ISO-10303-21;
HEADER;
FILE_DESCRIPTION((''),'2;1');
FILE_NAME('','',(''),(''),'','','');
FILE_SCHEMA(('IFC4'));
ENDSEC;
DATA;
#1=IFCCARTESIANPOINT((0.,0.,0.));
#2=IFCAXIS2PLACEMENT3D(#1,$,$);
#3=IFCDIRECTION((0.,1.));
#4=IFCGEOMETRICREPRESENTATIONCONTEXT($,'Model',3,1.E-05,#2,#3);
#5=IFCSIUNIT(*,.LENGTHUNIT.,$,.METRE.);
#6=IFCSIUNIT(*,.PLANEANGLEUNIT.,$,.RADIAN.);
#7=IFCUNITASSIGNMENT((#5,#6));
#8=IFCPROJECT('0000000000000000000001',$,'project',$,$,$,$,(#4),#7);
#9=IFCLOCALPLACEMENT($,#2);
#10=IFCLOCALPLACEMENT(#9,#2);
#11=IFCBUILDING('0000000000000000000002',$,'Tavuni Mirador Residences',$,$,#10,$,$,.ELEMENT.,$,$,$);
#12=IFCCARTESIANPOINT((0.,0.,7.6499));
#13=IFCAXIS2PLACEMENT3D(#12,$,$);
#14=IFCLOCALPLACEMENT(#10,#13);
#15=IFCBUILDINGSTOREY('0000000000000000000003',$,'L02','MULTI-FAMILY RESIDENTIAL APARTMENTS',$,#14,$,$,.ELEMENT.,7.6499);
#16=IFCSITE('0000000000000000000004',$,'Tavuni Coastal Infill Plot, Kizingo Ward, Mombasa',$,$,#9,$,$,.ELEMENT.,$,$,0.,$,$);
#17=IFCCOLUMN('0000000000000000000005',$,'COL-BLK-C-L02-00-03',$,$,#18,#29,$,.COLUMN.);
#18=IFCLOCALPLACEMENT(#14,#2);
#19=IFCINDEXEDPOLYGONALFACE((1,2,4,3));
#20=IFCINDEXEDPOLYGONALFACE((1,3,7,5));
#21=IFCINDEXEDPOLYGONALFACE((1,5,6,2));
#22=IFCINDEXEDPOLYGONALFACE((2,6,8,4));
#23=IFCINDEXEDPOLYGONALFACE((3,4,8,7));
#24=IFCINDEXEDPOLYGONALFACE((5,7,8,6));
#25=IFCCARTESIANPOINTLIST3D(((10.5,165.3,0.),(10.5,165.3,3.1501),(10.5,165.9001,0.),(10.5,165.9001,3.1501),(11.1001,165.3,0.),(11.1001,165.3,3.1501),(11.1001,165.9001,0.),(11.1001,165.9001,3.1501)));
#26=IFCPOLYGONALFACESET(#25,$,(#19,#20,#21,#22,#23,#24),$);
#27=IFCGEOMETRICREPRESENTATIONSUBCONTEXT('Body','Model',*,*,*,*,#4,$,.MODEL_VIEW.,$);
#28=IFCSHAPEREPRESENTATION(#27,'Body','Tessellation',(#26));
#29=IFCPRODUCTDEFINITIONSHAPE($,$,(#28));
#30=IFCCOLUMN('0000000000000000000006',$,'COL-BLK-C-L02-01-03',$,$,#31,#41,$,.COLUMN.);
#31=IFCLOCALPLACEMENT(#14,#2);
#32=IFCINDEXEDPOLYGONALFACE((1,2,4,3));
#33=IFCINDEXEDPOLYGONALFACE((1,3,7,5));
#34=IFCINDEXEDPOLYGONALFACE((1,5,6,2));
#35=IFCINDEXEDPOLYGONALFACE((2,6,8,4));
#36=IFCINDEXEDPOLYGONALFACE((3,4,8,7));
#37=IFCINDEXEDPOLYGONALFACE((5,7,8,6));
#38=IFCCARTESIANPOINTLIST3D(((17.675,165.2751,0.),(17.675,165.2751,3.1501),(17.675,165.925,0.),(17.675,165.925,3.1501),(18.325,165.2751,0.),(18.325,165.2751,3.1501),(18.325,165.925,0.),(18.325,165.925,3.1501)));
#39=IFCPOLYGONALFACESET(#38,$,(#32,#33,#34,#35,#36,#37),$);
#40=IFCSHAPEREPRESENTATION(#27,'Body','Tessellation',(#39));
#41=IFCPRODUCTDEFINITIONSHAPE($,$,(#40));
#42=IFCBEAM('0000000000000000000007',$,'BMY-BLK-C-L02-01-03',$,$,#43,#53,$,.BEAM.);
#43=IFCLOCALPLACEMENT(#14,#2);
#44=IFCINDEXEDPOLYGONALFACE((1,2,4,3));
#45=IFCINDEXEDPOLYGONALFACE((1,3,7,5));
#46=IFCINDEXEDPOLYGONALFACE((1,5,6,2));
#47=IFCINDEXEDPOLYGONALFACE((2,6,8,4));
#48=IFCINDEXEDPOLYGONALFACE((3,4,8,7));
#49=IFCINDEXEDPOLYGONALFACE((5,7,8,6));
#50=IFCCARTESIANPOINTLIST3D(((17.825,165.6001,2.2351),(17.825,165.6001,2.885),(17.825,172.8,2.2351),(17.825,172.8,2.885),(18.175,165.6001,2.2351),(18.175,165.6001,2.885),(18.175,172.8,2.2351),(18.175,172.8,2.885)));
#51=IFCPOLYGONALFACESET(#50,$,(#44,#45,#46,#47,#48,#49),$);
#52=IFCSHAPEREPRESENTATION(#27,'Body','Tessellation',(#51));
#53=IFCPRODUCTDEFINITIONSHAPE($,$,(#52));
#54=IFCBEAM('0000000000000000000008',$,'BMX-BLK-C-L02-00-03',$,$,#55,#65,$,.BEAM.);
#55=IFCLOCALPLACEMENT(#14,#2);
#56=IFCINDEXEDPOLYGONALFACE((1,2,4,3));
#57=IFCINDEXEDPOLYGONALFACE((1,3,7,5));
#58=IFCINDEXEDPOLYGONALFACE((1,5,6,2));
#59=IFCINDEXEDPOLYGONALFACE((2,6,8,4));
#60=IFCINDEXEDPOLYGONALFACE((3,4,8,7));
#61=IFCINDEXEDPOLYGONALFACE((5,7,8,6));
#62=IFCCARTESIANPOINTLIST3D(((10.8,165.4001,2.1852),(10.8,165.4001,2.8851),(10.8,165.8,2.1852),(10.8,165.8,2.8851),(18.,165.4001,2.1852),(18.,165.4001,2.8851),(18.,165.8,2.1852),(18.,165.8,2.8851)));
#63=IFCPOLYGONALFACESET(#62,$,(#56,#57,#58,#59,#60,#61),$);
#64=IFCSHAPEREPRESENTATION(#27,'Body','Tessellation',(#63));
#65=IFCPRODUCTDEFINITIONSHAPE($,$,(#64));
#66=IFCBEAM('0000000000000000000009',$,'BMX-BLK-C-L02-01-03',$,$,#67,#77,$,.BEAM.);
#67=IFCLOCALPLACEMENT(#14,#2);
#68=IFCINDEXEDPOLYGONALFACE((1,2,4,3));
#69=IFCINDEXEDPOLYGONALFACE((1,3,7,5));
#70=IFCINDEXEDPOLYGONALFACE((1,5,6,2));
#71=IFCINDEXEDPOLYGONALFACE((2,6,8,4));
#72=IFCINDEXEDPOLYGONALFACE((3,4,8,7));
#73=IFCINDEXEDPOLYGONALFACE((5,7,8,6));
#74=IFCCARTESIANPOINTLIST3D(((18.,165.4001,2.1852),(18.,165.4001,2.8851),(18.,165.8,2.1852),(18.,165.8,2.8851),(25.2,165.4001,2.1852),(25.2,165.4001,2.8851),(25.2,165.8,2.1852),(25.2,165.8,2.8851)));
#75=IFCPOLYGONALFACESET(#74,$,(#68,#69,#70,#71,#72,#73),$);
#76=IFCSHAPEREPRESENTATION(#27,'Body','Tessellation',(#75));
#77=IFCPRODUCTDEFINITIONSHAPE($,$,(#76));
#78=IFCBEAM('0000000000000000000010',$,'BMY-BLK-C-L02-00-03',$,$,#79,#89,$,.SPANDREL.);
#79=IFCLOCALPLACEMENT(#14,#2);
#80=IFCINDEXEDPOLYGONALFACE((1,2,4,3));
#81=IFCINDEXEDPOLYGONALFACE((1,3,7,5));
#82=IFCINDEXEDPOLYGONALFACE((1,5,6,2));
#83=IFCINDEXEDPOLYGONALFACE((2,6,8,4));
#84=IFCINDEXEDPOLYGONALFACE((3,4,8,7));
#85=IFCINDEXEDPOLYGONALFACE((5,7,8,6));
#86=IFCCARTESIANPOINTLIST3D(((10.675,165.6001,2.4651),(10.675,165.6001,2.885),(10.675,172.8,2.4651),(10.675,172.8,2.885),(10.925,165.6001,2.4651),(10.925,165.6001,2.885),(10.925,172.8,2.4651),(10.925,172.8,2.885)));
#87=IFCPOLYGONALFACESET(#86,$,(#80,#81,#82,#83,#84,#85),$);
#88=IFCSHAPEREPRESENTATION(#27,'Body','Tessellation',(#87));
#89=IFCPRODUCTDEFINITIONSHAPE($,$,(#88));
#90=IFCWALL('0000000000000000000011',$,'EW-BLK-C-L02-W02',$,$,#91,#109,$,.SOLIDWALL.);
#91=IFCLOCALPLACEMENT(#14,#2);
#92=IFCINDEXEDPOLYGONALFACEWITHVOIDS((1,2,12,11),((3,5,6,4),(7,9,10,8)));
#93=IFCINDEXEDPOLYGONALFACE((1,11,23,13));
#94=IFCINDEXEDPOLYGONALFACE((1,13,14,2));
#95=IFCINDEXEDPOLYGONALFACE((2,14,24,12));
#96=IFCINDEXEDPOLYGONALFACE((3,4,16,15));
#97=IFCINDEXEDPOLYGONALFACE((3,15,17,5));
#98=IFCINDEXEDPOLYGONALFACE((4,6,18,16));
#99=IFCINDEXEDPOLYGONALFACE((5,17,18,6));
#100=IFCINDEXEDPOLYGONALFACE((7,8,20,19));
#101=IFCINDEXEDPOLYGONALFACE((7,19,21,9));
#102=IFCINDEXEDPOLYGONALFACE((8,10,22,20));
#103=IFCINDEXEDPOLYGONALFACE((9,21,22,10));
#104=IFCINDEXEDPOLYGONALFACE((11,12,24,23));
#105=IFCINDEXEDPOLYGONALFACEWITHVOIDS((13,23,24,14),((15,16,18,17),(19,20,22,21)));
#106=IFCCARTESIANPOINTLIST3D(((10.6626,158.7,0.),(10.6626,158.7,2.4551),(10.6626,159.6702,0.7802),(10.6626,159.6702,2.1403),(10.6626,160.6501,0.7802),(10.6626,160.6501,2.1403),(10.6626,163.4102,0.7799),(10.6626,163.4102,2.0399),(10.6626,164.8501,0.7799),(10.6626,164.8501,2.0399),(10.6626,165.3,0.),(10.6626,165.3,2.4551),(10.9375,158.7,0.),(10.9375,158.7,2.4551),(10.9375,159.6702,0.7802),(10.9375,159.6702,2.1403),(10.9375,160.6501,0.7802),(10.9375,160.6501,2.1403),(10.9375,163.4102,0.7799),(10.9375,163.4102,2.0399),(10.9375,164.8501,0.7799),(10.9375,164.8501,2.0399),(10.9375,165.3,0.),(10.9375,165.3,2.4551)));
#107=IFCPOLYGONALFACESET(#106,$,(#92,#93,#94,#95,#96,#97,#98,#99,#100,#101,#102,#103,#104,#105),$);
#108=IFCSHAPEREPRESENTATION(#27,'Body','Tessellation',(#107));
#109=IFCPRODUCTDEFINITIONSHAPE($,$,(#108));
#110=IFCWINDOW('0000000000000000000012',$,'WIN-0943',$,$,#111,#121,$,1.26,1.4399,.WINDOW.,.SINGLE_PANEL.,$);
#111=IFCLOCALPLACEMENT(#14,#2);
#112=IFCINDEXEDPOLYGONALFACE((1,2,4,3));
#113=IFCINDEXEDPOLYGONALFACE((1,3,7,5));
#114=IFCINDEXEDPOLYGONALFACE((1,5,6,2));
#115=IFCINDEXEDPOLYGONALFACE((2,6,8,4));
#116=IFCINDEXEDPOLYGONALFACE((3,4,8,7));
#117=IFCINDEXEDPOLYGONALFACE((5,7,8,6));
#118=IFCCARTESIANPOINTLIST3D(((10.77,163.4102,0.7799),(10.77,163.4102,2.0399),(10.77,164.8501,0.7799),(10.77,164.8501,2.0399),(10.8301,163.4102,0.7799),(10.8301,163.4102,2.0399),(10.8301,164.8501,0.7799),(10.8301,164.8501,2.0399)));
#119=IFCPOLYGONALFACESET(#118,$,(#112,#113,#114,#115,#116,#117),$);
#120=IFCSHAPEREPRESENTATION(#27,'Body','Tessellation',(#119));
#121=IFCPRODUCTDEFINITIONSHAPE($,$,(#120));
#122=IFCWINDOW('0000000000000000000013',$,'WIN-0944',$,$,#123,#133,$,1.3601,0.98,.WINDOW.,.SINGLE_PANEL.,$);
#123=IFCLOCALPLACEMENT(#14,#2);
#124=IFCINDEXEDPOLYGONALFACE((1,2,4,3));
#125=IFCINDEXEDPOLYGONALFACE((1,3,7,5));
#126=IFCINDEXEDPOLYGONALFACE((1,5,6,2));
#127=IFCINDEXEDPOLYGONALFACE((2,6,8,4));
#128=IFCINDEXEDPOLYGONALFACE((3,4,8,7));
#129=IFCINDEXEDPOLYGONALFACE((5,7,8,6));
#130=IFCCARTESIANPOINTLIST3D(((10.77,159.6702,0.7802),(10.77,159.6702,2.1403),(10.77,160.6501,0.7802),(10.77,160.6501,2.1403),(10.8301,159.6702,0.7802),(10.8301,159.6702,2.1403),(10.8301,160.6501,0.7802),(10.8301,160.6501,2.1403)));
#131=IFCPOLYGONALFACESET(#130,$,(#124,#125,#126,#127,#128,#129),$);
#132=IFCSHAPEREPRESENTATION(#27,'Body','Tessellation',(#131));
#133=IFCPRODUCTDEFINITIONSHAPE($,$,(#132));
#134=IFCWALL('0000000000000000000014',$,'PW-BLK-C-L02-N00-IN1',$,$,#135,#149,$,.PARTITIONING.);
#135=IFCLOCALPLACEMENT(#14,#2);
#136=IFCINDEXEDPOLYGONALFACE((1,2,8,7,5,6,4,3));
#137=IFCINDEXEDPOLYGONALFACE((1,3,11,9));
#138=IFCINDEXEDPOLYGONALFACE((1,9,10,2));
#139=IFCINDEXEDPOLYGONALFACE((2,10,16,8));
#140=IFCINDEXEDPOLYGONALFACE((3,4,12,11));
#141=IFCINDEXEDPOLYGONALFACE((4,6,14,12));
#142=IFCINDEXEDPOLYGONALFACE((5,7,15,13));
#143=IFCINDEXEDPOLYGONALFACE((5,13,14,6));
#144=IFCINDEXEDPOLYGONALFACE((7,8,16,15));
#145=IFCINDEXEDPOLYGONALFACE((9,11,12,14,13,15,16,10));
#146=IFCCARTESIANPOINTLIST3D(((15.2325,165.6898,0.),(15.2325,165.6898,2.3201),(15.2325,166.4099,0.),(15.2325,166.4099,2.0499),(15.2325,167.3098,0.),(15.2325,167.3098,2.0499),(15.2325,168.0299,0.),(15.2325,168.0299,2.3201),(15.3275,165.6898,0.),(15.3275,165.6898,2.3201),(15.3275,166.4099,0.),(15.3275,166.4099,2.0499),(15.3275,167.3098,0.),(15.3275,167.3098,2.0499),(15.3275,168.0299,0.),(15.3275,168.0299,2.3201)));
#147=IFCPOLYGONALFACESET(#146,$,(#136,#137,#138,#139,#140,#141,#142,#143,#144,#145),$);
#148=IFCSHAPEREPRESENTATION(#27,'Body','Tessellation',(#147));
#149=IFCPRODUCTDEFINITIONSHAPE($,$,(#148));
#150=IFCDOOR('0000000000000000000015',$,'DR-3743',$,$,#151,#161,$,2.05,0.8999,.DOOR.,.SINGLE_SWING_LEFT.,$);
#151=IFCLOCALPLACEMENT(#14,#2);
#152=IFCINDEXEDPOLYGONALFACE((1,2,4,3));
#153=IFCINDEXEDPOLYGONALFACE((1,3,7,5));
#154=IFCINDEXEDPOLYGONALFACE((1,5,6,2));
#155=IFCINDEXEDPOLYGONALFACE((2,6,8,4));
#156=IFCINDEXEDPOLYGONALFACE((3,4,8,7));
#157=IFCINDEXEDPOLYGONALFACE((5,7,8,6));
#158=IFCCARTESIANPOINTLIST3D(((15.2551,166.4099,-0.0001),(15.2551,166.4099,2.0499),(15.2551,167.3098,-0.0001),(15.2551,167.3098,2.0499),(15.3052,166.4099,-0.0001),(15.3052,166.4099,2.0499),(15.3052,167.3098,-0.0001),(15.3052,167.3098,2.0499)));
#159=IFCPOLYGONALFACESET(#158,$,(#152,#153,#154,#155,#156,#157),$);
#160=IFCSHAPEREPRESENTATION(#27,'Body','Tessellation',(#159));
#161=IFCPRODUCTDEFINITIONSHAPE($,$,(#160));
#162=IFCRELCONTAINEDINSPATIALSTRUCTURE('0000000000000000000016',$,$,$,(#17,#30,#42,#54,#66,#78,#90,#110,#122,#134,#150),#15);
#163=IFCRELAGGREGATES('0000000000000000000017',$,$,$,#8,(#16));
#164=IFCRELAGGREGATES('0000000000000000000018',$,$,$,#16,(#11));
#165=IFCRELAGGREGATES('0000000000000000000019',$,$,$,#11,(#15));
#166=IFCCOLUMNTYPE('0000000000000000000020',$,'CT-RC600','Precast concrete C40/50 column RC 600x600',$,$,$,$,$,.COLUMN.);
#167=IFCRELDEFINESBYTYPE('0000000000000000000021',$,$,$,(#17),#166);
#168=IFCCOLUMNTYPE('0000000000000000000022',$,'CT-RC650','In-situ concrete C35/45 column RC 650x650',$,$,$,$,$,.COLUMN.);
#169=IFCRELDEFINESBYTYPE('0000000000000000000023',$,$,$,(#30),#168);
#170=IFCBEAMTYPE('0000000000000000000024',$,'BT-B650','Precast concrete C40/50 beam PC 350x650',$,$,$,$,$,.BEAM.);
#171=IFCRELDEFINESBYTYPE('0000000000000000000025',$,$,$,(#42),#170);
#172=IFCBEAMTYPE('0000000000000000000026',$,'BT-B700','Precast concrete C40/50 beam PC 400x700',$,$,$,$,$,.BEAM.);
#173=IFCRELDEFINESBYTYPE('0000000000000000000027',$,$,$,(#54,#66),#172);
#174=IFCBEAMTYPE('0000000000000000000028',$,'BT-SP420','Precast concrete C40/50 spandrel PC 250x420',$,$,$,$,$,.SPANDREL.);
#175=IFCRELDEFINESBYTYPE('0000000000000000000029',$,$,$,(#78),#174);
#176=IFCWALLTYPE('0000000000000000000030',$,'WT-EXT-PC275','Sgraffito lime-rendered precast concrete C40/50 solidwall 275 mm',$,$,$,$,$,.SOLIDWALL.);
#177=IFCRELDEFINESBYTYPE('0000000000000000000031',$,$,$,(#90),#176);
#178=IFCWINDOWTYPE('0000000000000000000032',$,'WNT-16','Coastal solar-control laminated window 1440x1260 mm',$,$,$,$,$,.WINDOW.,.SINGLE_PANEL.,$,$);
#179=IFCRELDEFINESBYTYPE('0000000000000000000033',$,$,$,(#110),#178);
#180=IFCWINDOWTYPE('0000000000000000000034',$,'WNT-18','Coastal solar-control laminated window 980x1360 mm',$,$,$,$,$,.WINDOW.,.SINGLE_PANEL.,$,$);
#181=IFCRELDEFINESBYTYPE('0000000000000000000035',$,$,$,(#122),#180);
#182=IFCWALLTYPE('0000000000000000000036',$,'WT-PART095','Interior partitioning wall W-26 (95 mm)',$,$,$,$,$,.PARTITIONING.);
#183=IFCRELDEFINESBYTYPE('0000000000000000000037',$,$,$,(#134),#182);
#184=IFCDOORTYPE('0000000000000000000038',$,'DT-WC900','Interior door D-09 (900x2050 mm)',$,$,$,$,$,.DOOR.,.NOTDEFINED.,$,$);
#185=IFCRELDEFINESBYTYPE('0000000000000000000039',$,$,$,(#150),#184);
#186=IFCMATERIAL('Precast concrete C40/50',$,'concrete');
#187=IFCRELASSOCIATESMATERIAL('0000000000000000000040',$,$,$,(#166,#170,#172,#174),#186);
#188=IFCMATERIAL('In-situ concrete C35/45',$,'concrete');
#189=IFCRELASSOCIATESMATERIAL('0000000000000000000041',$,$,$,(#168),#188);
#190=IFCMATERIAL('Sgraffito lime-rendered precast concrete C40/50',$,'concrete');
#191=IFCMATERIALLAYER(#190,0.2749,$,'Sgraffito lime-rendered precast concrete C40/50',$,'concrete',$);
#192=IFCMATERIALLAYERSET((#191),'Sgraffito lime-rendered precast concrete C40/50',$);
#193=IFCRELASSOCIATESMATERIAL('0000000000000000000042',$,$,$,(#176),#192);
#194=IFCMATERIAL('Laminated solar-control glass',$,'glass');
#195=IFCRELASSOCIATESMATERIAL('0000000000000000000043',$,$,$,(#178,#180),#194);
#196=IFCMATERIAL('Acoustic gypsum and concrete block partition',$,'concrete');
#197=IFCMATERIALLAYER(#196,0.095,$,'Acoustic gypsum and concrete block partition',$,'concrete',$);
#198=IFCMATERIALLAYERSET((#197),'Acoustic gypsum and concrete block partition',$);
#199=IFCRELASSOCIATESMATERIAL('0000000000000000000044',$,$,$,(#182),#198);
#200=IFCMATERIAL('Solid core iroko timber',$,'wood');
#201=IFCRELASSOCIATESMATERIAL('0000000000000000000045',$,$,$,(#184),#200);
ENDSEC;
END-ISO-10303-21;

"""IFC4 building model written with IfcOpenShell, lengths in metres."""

from ifc_helpers import new_model, si_unit, direction, frame, frame_2d, origin, origin_2d, place, context, subcontext, project, spatial, rectangle, extrude, material, layer, layer_set, material_profile, profile_set, type_object, element, fill, save


model = new_model("IFC4")

# Units and contexts
model_context = context("Model", 3, precision=1e-05, world=origin(), true_north=direction((0.0, 1.0)))
body_context = subcontext(model_context, "Body", "Model", "MODEL_VIEW")
ifc_project = project(units=[si_unit("LENGTHUNIT", "METRE"), si_unit("PLANEANGLEUNIT", "RADIAN")], contexts=[model_context])

# Site, building, storey
site_placement = place(None, origin())
site = spatial("IfcSite", under=ifc_project, at=site_placement, Name="Tavuni Coastal Infill Plot, Kizingo Ward, Mombasa", CompositionType="ELEMENT", RefElevation=0.0)
building_placement = place(site_placement, origin())
building = spatial("IfcBuilding", under=site, at=building_placement, Name="Tavuni Mirador Residences", CompositionType="ELEMENT")
storey_placement = place(building_placement, frame((0.0, 0.0, 7.6499)))
storey = spatial("IfcBuildingStorey", under=building, at=storey_placement, Name="L02", Description="MULTI-FAMILY RESIDENTIAL APARTMENTS", CompositionType="ELEMENT", Elevation=7.6499)

# Columns
ifc_material_1 = material(Name="Precast concrete C40/50", Category="concrete")
ifc_material_profile_1 = material_profile(ifc_material_1, rectangle(XDim=0.6001, YDim=0.6001, at=origin_2d()), Name="RC 600x600", Category="concrete")
ifc_profile_set_1 = profile_set([ifc_material_profile_1], Name="Precast concrete C40/50")
column_type_1 = type_object("IfcColumnType", Name="CT-RC600", Description="Precast concrete C40/50 column RC 600x600", PredefinedType="COLUMN", material=ifc_profile_set_1)
column_1_placement = place(storey_placement, frame((10.8, 165.6001, 0.0), z_axis=(0.0, 0.0, 1.0), x_axis=(1.0, 0.0, 0.0)))
element("IfcColumn", 1, at=column_1_placement, inside=storey, type_object=column_type_1, Name="COL-BLK-C-L02-00-03", PredefinedType="COLUMN", context=body_context, shape_type="SweptSolid", body=[
    extrude(rectangle(XDim=0.6001, YDim=0.6001, at=origin_2d()), origin(), (0.0, 0.0, 1.0), 3.1501),
])
ifc_material_2 = material(Name="In-situ concrete C35/45", Category="concrete")
ifc_material_profile_2 = material_profile(ifc_material_2, rectangle(XDim=0.6499, YDim=0.6499, at=origin_2d()), Name="RC 650x650", Category="concrete")
ifc_profile_set_2 = profile_set([ifc_material_profile_2], Name="In-situ concrete C35/45")
column_type_2 = type_object("IfcColumnType", Name="CT-RC650", Description="In-situ concrete C35/45 column RC 650x650", PredefinedType="COLUMN", material=ifc_profile_set_2)
column_2_placement = place(storey_placement, frame((18.0, 165.6001, 0.0), z_axis=(0.0, 0.0, 1.0), x_axis=(1.0, 0.0, 0.0)))
element("IfcColumn", 2, at=column_2_placement, inside=storey, type_object=column_type_2, Name="COL-BLK-C-L02-01-03", PredefinedType="COLUMN", context=body_context, shape_type="SweptSolid", body=[
    extrude(rectangle(XDim=0.6499, YDim=0.6499, at=origin_2d()), origin(), (0.0, 0.0, 1.0), 3.1501),
])

# Beams
ifc_material_profile_3 = material_profile(ifc_material_1, rectangle(XDim=0.3501, YDim=0.6499, at=origin_2d()), Name="PC 350x650", Category="concrete")
ifc_profile_set_3 = profile_set([ifc_material_profile_3], Name="Precast concrete C40/50")
beam_type_1 = type_object("IfcBeamType", Name="BT-B650", Description="Precast concrete C40/50 beam PC 350x650", PredefinedType="BEAM", material=ifc_profile_set_3)
beam_1_placement = place(storey_placement, frame((18.0, 165.6001, 2.5601), z_axis=(0.0, 1.0, 0.0), x_axis=(-1.0, 0.0, 0.0)))
element("IfcBeam", 3, at=beam_1_placement, inside=storey, type_object=beam_type_1, Name="BMY-BLK-C-L02-01-03", PredefinedType="BEAM", context=body_context, shape_type="SweptSolid", body=[
    extrude(rectangle(XDim=0.3501, YDim=0.6499, at=origin_2d()), origin(), (0.0, 0.0, 1.0), 7.2),
])
ifc_material_profile_4 = material_profile(ifc_material_1, rectangle(XDim=0.3999, YDim=0.7, at=origin_2d()), Name="PC 400x700", Category="concrete")
ifc_profile_set_4 = profile_set([ifc_material_profile_4], Name="Precast concrete C40/50")
beam_type_2 = type_object("IfcBeamType", Name="BT-B700", Description="Precast concrete C40/50 beam PC 400x700", PredefinedType="BEAM", material=ifc_profile_set_4)
for number, where, z_axis, x_axis, name in (
    (4, (10.8, 165.6001, 2.5352), (1.0, 0.0, 0.0), (0.0, 1.0, 0.0), "BMX-BLK-C-L02-00-03"),
    (5, (18.0, 165.6001, 2.5352), (1.0, 0.0, 0.0), (0.0, 1.0, 0.0), "BMX-BLK-C-L02-01-03"),
):
    element("IfcBeam", number, at=place(storey_placement, frame(where, z_axis=z_axis, x_axis=x_axis)), inside=storey, type_object=beam_type_2, Name=name, PredefinedType="BEAM", context=body_context, shape_type="SweptSolid", body=[
        extrude(rectangle(XDim=0.3999, YDim=0.7, at=origin_2d()), origin(), (0.0, 0.0, 1.0), 7.2),
    ])
ifc_material_profile_5 = material_profile(ifc_material_1, rectangle(XDim=0.25, YDim=0.4199, at=origin_2d()), Name="PC 250x420", Category="concrete")
ifc_profile_set_5 = profile_set([ifc_material_profile_5], Name="Precast concrete C40/50")
beam_type_3 = type_object("IfcBeamType", Name="BT-SP420", Description="Precast concrete C40/50 spandrel PC 250x420", PredefinedType="SPANDREL", material=ifc_profile_set_5)
beam_2_placement = place(storey_placement, frame((10.8, 165.6001, 2.675), z_axis=(0.0, 1.0, 0.0), x_axis=(-1.0, 0.0, 0.0)))
element("IfcBeam", 6, at=beam_2_placement, inside=storey, type_object=beam_type_3, Name="BMY-BLK-C-L02-00-03", PredefinedType="SPANDREL", context=body_context, shape_type="SweptSolid", body=[
    extrude(rectangle(XDim=0.25, YDim=0.4199, at=origin_2d()), origin(), (0.0, 0.0, 1.0), 7.2),
])

# Shared definitions
ifc_material_3 = material(Name="Solid core iroko timber", Category="wood")

# Wall, openings, windows
ifc_material_4 = material(Name="Sgraffito lime-rendered precast concrete C40/50", Category="concrete")
ifc_layer_1 = layer(ifc_material_4, 0.2749, Name="Sgraffito lime-rendered precast concrete C40/50", Category="concrete")
ifc_layer_set_1 = layer_set([ifc_layer_1], Name="Sgraffito lime-rendered precast concrete C40/50")
wall_type_1 = type_object("IfcWallType", Name="WT-EXT-PC275", Description="Sgraffito lime-rendered precast concrete C40/50 solidwall 275 mm", PredefinedType="SOLIDWALL", material=ifc_layer_set_1)
wall_1_placement = place(storey_placement, frame((10.8, 165.3, 0.0), z_axis=(0.0, 0.0, 1.0), x_axis=(0.0, -1.0, 0.0)))
wall_1 = element("IfcWall", 7, at=wall_1_placement, inside=storey, type_object=wall_type_1, Name="EW-BLK-C-L02-W02", PredefinedType="SOLIDWALL", context=body_context, shape_type="SweptSolid", body=[
    extrude(rectangle(XDim=6.6001, YDim=0.2749, at=frame_2d((3.3, 0.0))), origin(), (0.0, 0.0, 1.0), 2.4551),
])
opening_1_placement = place(wall_1_placement, frame((0.45, 0.0, 0.78)))
opening_1 = element("IfcOpeningElement", 8, at=opening_1_placement, cuts=wall_1, PredefinedType="OPENING", context=body_context, shape_type="SweptSolid", body=[
    extrude(rectangle(XDim=1.4399, YDim=1.26, at=frame_2d((0.72, 0.6299))), frame((0.0, 0.1475, 0.0), z_axis=(0.0, -1.0, 0.0), x_axis=(1.0, 0.0, 0.0)), (0.0, 0.0, 1.0), 0.2949),
])
opening_2_placement = place(wall_1_placement, frame((4.6499, 0.0, 0.78)))
opening_2 = element("IfcOpeningElement", 9, at=opening_2_placement, cuts=wall_1, PredefinedType="OPENING", context=body_context, shape_type="SweptSolid", body=[
    extrude(rectangle(XDim=0.98, YDim=1.3601, at=frame_2d((0.49, 0.6802))), frame((0.0, 0.1475, 0.0), z_axis=(0.0, -1.0, 0.0), x_axis=(1.0, 0.0, 0.0)), (0.0, 0.0, 1.0), 0.2949),
])
ifc_material_5 = material(Name="Laminated solar-control glass", Category="glass")
window_type_1 = type_object("IfcWindowType", Name="WNT-16", Description="Coastal solar-control laminated window 1440x1260 mm", PartitioningType="SINGLE_PANEL", PredefinedType="WINDOW", material=ifc_material_5)
window_1_placement = place(opening_1_placement, origin())
window_1 = element("IfcWindow", 10, at=window_1_placement, inside=storey, type_object=window_type_1, Name="WIN-0943", OverallHeight=1.26, OverallWidth=1.4399, PartitioningType="SINGLE_PANEL", PredefinedType="WINDOW", context=body_context, shape_type="SweptSolid", body=[
    extrude(rectangle(XDim=1.4399, YDim=1.26, at=frame_2d((0.72, 0.6299))), frame((0.0, 0.03, 0.0), z_axis=(0.0, -1.0, 0.0), x_axis=(1.0, 0.0, 0.0)), (0.0, 0.0, 1.0), 0.0601),
])
fill(opening_1, window_1)
window_type_2 = type_object("IfcWindowType", Name="WNT-18", Description="Coastal solar-control laminated window 980x1360 mm", PartitioningType="SINGLE_PANEL", PredefinedType="WINDOW", material=ifc_material_5)
window_2_placement = place(opening_2_placement, origin())
window_2 = element("IfcWindow", 11, at=window_2_placement, inside=storey, type_object=window_type_2, Name="WIN-0944", OverallHeight=1.3601, OverallWidth=0.98, PartitioningType="SINGLE_PANEL", PredefinedType="WINDOW", context=body_context, shape_type="SweptSolid", body=[
    extrude(rectangle(XDim=0.98, YDim=1.3601, at=frame_2d((0.49, 0.6802))), frame((0.0, 0.03, 0.0), z_axis=(0.0, -1.0, 0.0), x_axis=(1.0, 0.0, 0.0)), (0.0, 0.0, 1.0), 0.0601),
])
fill(opening_2, window_2)

# Wall, opening, door
ifc_material_6 = material(Name="Acoustic gypsum and concrete block partition", Category="concrete")
ifc_layer_2 = layer(ifc_material_6, 0.095, Name="Acoustic gypsum and concrete block partition", Category="concrete")
ifc_layer_set_2 = layer_set([ifc_layer_2], Name="Acoustic gypsum and concrete block partition")
wall_type_2 = type_object("IfcWallType", Name="WT-PART095", Description="Interior partitioning wall W-26 (95 mm)", PredefinedType="PARTITIONING", material=ifc_layer_set_2)
wall_2_placement = place(storey_placement, frame((15.28, 165.6899, 0.0), z_axis=(0.0, 0.0, 1.0), x_axis=(0.0, 1.0, 0.0)))
wall_2 = element("IfcWall", 12, at=wall_2_placement, inside=storey, type_object=wall_type_2, Name="PW-BLK-C-L02-N00-IN1", PredefinedType="PARTITIONING", context=body_context, shape_type="SweptSolid", body=[
    extrude(rectangle(XDim=2.3401, YDim=0.095, at=frame_2d((1.1699, 0.0))), origin(), (0.0, 0.0, 1.0), 2.3201),
])
opening_3_placement = place(wall_2_placement, frame((0.72, 0.0, 0.0)))
opening_3 = element("IfcOpeningElement", 13, at=opening_3_placement, cuts=wall_2, PredefinedType="OPENING", context=body_context, shape_type="SweptSolid", body=[
    extrude(rectangle(XDim=0.8999, YDim=2.05, at=frame_2d((0.45, 1.0249))), frame((0.0, 0.0576, 0.0), z_axis=(0.0, -1.0, 0.0), x_axis=(1.0, 0.0, 0.0)), (0.0, 0.0, 1.0), 0.115),
])
door_type_1 = type_object("IfcDoorType", Name="DT-WC900", Description="Interior door D-09 (900x2050 mm)", OperationType="NOTDEFINED", PredefinedType="DOOR", material=ifc_material_3)
door_1_placement = place(opening_3_placement, origin())
door_1 = element("IfcDoor", 14, at=door_1_placement, inside=storey, type_object=door_type_1, Name="DR-3743", OperationType="SINGLE_SWING_LEFT", OverallHeight=2.05, OverallWidth=0.8999, PredefinedType="DOOR", context=body_context, shape_type="SweptSolid", body=[
    extrude(rectangle(XDim=0.8999, YDim=2.05, at=frame_2d((0.45, 1.0249))), frame((0.0, 0.0249, 0.0), z_axis=(0.0, -1.0, 0.0), x_axis=(1.0, 0.0, 0.0)), (0.0, 0.0, 1.0), 0.05),
])
fill(opening_3, door_1)

save(model, "model.ifc")
